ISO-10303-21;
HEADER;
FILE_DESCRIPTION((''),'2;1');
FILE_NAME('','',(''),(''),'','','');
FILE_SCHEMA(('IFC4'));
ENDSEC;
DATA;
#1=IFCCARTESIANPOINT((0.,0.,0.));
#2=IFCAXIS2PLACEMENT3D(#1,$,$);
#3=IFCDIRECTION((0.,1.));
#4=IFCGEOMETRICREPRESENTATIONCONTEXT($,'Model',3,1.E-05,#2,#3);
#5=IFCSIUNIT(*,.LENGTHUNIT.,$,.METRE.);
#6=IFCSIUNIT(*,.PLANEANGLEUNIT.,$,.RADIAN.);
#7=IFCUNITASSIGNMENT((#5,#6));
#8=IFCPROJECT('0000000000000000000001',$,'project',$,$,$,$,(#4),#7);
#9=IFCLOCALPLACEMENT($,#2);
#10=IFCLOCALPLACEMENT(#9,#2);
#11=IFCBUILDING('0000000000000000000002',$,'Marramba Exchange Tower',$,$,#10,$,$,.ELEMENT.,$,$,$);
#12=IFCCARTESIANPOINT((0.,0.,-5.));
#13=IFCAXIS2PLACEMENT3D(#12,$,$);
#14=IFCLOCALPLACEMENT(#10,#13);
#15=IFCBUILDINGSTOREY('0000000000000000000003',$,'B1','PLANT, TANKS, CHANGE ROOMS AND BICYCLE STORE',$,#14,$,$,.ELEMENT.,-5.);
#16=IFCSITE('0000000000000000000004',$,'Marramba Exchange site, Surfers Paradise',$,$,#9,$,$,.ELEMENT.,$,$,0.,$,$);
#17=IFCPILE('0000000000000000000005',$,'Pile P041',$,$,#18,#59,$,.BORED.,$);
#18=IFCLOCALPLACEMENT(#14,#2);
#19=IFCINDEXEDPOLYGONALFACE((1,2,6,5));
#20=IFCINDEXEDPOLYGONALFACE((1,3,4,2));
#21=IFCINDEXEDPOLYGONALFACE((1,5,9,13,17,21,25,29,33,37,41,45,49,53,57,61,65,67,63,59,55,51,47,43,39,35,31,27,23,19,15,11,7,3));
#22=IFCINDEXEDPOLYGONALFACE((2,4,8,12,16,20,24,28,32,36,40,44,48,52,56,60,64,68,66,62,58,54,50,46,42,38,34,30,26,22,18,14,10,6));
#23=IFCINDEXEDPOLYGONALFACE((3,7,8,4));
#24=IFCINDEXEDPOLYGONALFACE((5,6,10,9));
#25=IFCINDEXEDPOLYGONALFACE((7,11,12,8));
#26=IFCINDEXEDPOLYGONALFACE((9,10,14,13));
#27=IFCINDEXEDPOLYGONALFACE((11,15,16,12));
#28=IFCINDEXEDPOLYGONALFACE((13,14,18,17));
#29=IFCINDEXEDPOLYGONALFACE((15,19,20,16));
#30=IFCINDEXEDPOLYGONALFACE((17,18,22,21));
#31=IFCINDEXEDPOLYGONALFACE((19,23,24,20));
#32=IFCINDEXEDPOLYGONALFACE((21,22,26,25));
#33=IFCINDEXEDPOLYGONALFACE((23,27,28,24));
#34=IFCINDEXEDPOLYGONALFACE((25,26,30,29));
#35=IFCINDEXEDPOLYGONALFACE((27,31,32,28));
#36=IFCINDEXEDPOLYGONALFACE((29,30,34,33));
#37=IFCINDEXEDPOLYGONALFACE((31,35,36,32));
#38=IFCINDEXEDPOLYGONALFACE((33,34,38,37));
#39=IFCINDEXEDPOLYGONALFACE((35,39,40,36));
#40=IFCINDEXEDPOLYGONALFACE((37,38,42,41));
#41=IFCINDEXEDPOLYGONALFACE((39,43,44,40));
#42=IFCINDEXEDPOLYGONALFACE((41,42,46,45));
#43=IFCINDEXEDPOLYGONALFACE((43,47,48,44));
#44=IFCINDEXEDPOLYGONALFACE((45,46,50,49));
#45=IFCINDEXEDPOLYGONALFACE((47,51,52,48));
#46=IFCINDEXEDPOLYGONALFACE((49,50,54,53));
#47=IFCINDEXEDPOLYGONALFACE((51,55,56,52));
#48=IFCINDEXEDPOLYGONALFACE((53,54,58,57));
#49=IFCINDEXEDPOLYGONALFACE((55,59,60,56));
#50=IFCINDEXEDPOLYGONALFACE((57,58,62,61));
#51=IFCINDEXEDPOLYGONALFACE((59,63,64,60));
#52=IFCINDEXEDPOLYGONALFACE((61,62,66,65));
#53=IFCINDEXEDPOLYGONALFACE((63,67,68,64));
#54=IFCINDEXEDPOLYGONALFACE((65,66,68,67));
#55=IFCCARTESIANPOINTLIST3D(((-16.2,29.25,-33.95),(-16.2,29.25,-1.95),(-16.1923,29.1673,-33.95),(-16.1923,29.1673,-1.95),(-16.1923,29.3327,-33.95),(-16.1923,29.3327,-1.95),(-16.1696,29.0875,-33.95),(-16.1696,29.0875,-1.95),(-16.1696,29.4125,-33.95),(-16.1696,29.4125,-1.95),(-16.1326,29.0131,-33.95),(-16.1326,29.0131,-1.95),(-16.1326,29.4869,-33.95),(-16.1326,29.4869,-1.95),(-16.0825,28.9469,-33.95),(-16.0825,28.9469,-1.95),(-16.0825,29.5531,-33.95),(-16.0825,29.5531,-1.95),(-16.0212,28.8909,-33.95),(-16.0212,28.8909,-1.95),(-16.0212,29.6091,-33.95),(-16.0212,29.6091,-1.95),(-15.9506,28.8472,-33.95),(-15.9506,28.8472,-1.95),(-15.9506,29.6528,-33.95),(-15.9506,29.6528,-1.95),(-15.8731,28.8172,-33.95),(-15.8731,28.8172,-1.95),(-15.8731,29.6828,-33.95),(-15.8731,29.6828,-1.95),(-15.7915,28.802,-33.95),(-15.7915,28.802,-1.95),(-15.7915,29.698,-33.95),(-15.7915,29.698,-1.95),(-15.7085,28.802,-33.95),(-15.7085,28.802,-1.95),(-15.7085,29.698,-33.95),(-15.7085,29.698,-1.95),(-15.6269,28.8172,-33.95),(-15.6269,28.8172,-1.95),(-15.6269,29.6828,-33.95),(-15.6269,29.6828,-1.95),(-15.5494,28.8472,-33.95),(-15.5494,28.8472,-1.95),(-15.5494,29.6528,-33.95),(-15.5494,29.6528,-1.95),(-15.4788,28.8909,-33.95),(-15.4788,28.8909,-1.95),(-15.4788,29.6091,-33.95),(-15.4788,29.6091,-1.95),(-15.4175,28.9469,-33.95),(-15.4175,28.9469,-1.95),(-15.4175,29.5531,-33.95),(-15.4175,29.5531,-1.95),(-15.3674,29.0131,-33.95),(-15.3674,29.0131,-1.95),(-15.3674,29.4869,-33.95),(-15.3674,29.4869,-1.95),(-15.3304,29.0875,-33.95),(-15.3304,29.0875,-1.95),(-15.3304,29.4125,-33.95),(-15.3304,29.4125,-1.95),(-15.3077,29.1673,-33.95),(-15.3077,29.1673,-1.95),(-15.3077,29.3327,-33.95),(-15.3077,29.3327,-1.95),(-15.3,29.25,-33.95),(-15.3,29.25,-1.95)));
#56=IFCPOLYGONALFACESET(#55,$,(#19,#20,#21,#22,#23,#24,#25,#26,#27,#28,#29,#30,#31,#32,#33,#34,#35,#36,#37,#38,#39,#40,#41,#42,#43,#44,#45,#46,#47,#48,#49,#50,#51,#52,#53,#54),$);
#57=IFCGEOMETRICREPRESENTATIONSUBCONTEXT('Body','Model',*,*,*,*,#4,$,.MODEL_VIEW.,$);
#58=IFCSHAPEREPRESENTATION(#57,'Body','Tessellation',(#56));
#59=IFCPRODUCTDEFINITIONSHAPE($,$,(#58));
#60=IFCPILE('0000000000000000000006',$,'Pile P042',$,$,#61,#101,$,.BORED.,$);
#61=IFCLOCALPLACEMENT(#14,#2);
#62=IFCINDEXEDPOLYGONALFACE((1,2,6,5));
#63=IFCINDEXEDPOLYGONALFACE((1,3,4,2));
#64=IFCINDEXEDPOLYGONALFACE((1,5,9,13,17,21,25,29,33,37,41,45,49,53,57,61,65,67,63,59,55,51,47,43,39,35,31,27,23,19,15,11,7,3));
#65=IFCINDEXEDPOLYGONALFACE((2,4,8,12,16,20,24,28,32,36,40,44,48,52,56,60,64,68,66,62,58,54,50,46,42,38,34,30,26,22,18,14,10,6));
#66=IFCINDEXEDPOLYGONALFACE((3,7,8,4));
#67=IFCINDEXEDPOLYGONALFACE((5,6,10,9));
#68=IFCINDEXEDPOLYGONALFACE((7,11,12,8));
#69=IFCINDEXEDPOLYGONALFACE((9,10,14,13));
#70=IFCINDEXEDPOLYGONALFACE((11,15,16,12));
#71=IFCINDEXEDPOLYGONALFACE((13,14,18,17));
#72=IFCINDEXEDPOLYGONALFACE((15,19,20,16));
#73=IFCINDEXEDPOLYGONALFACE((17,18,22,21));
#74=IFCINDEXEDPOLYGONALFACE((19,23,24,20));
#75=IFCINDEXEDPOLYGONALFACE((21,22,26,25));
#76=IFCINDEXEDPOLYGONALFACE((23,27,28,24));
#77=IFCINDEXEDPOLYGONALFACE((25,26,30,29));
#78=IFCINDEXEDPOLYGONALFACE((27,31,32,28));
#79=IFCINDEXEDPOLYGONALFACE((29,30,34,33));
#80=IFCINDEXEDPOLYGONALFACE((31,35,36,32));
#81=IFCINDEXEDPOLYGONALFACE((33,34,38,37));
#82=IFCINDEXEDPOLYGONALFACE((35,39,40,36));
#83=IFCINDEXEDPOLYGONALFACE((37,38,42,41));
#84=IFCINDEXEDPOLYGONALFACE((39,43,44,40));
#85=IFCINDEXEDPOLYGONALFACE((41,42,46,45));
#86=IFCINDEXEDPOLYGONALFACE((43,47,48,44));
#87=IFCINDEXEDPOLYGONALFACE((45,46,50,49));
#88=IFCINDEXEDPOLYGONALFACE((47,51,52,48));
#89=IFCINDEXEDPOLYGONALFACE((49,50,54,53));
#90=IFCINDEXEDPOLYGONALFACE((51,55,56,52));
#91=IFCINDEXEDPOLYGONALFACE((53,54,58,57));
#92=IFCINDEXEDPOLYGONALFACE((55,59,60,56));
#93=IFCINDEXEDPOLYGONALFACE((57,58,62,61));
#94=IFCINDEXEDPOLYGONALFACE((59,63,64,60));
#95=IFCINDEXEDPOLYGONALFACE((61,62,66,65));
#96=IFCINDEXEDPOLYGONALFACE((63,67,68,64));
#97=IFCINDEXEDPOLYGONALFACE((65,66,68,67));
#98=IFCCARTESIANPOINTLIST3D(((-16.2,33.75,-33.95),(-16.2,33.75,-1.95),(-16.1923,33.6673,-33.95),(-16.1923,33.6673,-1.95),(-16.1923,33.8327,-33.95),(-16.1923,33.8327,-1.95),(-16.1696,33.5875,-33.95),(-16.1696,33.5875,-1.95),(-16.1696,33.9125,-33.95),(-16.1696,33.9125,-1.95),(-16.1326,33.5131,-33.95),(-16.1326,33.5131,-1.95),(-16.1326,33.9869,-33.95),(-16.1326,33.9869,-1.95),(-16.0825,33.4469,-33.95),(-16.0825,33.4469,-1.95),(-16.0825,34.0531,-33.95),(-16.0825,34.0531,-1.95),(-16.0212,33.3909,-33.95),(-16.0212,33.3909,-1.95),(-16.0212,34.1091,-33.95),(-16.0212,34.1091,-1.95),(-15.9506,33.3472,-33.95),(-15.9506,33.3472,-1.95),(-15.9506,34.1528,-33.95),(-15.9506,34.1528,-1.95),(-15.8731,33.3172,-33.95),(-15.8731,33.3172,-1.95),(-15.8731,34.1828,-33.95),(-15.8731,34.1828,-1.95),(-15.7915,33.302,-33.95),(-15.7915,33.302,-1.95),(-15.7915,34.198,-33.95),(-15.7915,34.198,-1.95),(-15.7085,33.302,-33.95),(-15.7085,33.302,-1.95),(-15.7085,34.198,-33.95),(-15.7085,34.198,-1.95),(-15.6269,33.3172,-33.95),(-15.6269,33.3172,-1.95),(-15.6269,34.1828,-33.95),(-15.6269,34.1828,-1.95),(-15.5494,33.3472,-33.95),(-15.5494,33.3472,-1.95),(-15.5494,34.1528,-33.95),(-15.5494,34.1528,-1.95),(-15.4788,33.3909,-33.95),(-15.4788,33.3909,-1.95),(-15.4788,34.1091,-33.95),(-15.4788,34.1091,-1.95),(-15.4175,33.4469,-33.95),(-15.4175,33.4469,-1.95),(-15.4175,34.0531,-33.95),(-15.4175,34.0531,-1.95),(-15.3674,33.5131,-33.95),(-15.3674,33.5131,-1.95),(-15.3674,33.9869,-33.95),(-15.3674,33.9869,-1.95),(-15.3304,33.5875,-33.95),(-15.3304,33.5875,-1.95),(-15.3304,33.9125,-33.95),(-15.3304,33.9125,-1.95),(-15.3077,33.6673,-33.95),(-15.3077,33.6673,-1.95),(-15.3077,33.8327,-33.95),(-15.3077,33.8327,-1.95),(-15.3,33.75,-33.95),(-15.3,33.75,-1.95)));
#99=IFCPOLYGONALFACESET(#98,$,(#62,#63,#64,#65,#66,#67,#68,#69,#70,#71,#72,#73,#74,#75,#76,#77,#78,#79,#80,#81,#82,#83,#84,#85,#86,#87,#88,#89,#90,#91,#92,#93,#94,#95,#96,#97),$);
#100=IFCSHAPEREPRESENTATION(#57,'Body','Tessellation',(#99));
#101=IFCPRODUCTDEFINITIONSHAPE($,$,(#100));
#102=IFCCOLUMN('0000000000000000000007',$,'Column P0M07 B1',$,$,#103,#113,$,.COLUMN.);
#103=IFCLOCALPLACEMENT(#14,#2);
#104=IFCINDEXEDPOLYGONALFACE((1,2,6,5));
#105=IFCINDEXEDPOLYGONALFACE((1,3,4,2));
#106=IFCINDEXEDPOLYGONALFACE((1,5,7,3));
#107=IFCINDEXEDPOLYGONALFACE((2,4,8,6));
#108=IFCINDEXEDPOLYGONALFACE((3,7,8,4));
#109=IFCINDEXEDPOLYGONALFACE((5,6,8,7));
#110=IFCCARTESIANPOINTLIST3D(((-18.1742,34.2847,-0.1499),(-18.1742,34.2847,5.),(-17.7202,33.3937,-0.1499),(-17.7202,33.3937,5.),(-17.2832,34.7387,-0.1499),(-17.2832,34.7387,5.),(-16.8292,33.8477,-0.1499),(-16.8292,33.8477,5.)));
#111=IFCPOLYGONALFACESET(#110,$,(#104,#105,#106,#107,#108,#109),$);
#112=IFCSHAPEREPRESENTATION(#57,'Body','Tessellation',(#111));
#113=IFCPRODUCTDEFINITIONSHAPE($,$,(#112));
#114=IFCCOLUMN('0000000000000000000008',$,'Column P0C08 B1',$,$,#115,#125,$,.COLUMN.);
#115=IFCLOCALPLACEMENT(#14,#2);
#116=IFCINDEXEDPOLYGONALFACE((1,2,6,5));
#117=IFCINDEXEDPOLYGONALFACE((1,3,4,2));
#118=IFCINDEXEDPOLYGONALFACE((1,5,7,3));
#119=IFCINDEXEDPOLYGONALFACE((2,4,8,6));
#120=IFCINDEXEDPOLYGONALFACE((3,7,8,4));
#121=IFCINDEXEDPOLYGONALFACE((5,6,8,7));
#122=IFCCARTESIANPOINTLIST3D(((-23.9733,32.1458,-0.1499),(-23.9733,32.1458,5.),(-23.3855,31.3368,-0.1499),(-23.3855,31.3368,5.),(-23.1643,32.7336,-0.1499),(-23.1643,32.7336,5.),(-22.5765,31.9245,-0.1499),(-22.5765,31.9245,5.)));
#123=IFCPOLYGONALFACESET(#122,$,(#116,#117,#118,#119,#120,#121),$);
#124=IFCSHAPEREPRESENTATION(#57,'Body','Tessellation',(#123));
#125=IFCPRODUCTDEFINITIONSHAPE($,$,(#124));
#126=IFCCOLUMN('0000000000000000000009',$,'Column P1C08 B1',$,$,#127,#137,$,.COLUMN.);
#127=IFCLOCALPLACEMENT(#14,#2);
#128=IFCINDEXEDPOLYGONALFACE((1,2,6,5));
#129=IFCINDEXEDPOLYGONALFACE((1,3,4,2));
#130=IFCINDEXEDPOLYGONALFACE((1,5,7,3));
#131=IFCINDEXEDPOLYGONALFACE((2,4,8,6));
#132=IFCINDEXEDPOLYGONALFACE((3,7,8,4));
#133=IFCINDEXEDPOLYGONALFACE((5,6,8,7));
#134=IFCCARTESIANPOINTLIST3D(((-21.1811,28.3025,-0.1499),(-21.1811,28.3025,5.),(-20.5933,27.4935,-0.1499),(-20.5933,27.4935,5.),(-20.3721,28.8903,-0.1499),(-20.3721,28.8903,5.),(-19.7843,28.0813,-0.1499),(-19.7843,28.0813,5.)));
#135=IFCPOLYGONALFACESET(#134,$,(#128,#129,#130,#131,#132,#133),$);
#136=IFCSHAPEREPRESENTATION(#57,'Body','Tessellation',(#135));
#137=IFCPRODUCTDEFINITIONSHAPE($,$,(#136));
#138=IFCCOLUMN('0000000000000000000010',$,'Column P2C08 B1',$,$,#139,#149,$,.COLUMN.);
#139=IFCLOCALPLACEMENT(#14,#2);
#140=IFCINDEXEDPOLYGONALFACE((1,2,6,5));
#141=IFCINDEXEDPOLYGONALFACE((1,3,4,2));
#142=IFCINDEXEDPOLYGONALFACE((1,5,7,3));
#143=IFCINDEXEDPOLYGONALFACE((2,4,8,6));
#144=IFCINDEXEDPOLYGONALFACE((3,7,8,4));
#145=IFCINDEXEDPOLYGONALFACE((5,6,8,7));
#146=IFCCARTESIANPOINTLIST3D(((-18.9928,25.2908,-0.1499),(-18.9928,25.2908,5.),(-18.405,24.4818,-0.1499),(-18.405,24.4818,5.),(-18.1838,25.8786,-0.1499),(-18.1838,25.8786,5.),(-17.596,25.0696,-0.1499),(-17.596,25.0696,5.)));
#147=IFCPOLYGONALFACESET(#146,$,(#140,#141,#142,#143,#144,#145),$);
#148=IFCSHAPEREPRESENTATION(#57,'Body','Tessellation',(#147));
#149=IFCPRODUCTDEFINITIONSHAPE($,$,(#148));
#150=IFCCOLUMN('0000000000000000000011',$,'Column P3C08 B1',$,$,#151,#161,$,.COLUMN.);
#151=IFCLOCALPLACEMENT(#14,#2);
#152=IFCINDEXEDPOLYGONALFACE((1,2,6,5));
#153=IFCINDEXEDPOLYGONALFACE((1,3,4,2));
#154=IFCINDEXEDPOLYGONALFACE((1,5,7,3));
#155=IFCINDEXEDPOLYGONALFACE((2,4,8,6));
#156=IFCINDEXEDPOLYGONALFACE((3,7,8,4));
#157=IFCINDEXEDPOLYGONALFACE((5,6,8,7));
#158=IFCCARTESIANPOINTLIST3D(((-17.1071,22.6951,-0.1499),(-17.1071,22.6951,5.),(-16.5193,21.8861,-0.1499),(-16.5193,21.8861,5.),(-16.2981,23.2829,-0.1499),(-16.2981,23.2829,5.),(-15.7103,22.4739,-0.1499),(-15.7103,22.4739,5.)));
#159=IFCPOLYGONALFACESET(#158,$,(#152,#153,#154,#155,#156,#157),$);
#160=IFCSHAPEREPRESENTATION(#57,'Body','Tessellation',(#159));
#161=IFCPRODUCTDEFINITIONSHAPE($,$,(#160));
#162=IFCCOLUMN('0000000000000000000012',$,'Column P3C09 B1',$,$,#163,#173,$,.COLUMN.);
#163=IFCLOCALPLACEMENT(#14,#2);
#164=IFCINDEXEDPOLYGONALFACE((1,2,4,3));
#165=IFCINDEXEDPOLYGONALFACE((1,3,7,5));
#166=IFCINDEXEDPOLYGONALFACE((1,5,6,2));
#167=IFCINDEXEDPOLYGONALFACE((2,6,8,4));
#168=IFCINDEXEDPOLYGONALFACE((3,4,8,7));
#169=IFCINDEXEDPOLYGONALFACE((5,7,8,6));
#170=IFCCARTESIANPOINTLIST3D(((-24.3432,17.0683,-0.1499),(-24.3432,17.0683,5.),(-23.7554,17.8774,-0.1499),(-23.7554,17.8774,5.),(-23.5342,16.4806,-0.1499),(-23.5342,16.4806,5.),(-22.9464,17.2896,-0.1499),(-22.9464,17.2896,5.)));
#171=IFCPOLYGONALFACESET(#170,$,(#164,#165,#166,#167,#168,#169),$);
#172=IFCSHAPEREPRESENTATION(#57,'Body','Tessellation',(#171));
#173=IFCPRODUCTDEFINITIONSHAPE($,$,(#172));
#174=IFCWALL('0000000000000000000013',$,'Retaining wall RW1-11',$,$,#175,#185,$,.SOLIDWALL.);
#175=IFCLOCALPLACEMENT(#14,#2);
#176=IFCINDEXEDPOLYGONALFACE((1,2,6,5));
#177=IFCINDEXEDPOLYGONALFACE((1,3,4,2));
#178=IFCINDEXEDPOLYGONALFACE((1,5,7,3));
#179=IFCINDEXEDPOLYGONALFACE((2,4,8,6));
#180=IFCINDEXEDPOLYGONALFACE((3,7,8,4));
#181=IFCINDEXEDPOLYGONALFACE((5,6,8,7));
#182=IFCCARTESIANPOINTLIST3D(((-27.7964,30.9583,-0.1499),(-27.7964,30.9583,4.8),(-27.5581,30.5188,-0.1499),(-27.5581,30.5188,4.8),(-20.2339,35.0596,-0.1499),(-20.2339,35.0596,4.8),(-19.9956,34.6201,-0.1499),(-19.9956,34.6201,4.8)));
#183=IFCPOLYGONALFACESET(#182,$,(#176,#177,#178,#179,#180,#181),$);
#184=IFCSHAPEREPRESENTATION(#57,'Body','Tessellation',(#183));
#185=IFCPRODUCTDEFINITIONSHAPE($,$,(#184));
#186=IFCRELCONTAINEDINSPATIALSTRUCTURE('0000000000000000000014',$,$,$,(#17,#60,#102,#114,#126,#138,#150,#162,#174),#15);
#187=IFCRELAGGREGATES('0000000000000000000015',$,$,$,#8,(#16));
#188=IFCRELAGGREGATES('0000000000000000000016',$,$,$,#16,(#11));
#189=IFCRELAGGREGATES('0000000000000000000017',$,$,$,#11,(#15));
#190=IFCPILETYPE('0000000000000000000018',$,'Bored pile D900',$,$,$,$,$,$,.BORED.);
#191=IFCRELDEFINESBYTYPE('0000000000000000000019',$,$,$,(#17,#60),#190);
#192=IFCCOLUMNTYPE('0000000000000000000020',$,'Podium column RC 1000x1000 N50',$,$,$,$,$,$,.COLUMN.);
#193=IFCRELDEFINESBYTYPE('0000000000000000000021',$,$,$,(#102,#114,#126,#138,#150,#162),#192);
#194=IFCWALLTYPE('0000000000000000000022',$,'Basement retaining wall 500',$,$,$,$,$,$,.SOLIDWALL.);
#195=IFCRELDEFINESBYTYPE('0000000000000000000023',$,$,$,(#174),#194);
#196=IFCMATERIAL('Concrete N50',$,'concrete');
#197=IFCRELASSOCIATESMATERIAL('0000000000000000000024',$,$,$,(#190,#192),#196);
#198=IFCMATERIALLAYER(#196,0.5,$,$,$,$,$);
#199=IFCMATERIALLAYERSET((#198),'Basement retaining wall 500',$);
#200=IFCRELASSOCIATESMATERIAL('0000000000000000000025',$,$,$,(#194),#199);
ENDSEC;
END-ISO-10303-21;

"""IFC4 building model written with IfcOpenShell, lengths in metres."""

from ifc_helpers import new_model, si_unit, direction, frame, frame_2d, origin, origin_2d, place, context, subcontext, project, spatial, rectangle, circle, extrude, material, layer, layer_set, material_profile, profile_set, type_object, element, save


model = new_model("IFC4")

# Units and contexts
model_context = context("Model", 3, precision=1e-05, world=origin(), true_north=direction((0.0, 1.0)))
body_context = subcontext(model_context, "Body", "Model", "MODEL_VIEW")
ifc_project = project(units=[si_unit("LENGTHUNIT", "METRE"), si_unit("PLANEANGLEUNIT", "RADIAN")], contexts=[model_context])

# Site, building, storey
site_placement = place(None, origin())
site = spatial("IfcSite", under=ifc_project, at=site_placement, Name="Marramba Exchange site, Surfers Paradise", CompositionType="ELEMENT", RefElevation=0.0)
building_placement = place(site_placement, origin())
building = spatial("IfcBuilding", under=site, at=building_placement, Name="Marramba Exchange Tower", CompositionType="ELEMENT")
storey_placement = place(building_placement, frame((0.0, 0.0, -5.0)))
storey = spatial("IfcBuildingStorey", under=building, at=storey_placement, Name="B1", Description="PLANT, TANKS, CHANGE ROOMS AND BICYCLE STORE", CompositionType="ELEMENT", Elevation=-5.0)

# Piles
ifc_material_1 = material(Name="Concrete N50", Category="concrete")
ifc_material_profile_1 = material_profile(ifc_material_1, circle(Radius=0.45, at=origin_2d()), Name="BP D900")
ifc_profile_set_1 = profile_set([ifc_material_profile_1], Name="Concrete N50")
pile_type_1 = type_object("IfcPileType", Name="Bored pile D900", PredefinedType="BORED", material=ifc_profile_set_1)
for number, where, z_axis, x_axis, name in (
    (1, (-15.75, 29.25, -1.95), (0.0, 0.0, -1.0), (1.0, 0.0, 0.0), "Pile P041"),
    (2, (-15.75, 33.75, -1.95), (0.0, 0.0, -1.0), (1.0, 0.0, 0.0), "Pile P042"),
):
    element("IfcPile", number, at=place(storey_placement, frame(where, z_axis=z_axis, x_axis=x_axis)), inside=storey, type_object=pile_type_1, Name=name, PredefinedType="BORED", context=body_context, shape_type="SweptSolid", body=[
        extrude(circle(Radius=0.45, at=origin_2d()), origin(), (0.0, 0.0, 1.0), 32.0),
    ])

# Columns
ifc_material_profile_2 = material_profile(ifc_material_1, rectangle(XDim=1.0, YDim=1.0, at=origin_2d()), Name="RC 1000x1000")
ifc_profile_set_2 = profile_set([ifc_material_profile_2], Name="Concrete N50")
column_type = type_object("IfcColumnType", Name="Podium column RC 1000x1000 N50", PredefinedType="COLUMN", material=ifc_profile_set_2)
for number, where, z_axis, x_axis, name in (
    (3, (-17.5017, 34.0662, -0.1499), (0.0, 0.0, 1.0), (-0.45399, 0.891007, 0.0), "Column P0M07 B1"),
    (4, (-23.2749, 32.0352, -0.1499), (0.0, 0.0, 1.0), (-0.587785, 0.809017, 0.0), "Column P0C08 B1"),
    (5, (-20.4827, 28.1919, -0.1499), (0.0, 0.0, 1.0), (-0.587785, 0.809017, 0.0), "Column P1C08 B1"),
    (6, (-18.2944, 25.1802, -0.1499), (0.0, 0.0, 1.0), (-0.587785, 0.809017, 0.0), "Column P2C08 B1"),
    (7, (-16.4087, 22.5845, -0.1499), (0.0, 0.0, 1.0), (-0.587785, 0.809017, 0.0), "Column P3C08 B1"),
    (8, (-23.6448, 17.179, -0.1499), (0.0, 0.0, 1.0), (-0.809017, 0.587785, 0.0), "Column P3C09 B1"),
):
    element("IfcColumn", number, at=place(storey_placement, frame(where, z_axis=z_axis, x_axis=x_axis)), inside=storey, type_object=column_type, Name=name, PredefinedType="COLUMN", context=body_context, shape_type="SweptSolid", body=[
        extrude(rectangle(XDim=1.0, YDim=1.0, at=origin_2d()), origin(), (0.0, 0.0, 1.0), 5.1499),
    ])

# Wall
ifc_layer_1 = layer(ifc_material_1, 0.5)
ifc_layer_set_1 = layer_set([ifc_layer_1], Name="Basement retaining wall 500")
wall_type_1 = type_object("IfcWallType", Name="Basement retaining wall 500", PredefinedType="SOLIDWALL", material=ifc_layer_set_1)
wall_1_placement = place(storey_placement, frame((-20.1147, 34.8398, -0.1499), z_axis=(0.0, 0.0, 1.0), x_axis=(-0.87905, -0.476729, 0.0)))
element("IfcWall", 9, at=wall_1_placement, inside=storey, type_object=wall_type_1, Name="Retaining wall RW1-11", PredefinedType="SOLIDWALL", context=body_context, shape_type="SweptSolid", body=[
    extrude(rectangle(XDim=8.603, YDim=0.5, at=frame_2d((4.3015, 0.0))), origin(), (0.0, 0.0, 1.0), 4.95),
])

save(model, "model.ifc")
